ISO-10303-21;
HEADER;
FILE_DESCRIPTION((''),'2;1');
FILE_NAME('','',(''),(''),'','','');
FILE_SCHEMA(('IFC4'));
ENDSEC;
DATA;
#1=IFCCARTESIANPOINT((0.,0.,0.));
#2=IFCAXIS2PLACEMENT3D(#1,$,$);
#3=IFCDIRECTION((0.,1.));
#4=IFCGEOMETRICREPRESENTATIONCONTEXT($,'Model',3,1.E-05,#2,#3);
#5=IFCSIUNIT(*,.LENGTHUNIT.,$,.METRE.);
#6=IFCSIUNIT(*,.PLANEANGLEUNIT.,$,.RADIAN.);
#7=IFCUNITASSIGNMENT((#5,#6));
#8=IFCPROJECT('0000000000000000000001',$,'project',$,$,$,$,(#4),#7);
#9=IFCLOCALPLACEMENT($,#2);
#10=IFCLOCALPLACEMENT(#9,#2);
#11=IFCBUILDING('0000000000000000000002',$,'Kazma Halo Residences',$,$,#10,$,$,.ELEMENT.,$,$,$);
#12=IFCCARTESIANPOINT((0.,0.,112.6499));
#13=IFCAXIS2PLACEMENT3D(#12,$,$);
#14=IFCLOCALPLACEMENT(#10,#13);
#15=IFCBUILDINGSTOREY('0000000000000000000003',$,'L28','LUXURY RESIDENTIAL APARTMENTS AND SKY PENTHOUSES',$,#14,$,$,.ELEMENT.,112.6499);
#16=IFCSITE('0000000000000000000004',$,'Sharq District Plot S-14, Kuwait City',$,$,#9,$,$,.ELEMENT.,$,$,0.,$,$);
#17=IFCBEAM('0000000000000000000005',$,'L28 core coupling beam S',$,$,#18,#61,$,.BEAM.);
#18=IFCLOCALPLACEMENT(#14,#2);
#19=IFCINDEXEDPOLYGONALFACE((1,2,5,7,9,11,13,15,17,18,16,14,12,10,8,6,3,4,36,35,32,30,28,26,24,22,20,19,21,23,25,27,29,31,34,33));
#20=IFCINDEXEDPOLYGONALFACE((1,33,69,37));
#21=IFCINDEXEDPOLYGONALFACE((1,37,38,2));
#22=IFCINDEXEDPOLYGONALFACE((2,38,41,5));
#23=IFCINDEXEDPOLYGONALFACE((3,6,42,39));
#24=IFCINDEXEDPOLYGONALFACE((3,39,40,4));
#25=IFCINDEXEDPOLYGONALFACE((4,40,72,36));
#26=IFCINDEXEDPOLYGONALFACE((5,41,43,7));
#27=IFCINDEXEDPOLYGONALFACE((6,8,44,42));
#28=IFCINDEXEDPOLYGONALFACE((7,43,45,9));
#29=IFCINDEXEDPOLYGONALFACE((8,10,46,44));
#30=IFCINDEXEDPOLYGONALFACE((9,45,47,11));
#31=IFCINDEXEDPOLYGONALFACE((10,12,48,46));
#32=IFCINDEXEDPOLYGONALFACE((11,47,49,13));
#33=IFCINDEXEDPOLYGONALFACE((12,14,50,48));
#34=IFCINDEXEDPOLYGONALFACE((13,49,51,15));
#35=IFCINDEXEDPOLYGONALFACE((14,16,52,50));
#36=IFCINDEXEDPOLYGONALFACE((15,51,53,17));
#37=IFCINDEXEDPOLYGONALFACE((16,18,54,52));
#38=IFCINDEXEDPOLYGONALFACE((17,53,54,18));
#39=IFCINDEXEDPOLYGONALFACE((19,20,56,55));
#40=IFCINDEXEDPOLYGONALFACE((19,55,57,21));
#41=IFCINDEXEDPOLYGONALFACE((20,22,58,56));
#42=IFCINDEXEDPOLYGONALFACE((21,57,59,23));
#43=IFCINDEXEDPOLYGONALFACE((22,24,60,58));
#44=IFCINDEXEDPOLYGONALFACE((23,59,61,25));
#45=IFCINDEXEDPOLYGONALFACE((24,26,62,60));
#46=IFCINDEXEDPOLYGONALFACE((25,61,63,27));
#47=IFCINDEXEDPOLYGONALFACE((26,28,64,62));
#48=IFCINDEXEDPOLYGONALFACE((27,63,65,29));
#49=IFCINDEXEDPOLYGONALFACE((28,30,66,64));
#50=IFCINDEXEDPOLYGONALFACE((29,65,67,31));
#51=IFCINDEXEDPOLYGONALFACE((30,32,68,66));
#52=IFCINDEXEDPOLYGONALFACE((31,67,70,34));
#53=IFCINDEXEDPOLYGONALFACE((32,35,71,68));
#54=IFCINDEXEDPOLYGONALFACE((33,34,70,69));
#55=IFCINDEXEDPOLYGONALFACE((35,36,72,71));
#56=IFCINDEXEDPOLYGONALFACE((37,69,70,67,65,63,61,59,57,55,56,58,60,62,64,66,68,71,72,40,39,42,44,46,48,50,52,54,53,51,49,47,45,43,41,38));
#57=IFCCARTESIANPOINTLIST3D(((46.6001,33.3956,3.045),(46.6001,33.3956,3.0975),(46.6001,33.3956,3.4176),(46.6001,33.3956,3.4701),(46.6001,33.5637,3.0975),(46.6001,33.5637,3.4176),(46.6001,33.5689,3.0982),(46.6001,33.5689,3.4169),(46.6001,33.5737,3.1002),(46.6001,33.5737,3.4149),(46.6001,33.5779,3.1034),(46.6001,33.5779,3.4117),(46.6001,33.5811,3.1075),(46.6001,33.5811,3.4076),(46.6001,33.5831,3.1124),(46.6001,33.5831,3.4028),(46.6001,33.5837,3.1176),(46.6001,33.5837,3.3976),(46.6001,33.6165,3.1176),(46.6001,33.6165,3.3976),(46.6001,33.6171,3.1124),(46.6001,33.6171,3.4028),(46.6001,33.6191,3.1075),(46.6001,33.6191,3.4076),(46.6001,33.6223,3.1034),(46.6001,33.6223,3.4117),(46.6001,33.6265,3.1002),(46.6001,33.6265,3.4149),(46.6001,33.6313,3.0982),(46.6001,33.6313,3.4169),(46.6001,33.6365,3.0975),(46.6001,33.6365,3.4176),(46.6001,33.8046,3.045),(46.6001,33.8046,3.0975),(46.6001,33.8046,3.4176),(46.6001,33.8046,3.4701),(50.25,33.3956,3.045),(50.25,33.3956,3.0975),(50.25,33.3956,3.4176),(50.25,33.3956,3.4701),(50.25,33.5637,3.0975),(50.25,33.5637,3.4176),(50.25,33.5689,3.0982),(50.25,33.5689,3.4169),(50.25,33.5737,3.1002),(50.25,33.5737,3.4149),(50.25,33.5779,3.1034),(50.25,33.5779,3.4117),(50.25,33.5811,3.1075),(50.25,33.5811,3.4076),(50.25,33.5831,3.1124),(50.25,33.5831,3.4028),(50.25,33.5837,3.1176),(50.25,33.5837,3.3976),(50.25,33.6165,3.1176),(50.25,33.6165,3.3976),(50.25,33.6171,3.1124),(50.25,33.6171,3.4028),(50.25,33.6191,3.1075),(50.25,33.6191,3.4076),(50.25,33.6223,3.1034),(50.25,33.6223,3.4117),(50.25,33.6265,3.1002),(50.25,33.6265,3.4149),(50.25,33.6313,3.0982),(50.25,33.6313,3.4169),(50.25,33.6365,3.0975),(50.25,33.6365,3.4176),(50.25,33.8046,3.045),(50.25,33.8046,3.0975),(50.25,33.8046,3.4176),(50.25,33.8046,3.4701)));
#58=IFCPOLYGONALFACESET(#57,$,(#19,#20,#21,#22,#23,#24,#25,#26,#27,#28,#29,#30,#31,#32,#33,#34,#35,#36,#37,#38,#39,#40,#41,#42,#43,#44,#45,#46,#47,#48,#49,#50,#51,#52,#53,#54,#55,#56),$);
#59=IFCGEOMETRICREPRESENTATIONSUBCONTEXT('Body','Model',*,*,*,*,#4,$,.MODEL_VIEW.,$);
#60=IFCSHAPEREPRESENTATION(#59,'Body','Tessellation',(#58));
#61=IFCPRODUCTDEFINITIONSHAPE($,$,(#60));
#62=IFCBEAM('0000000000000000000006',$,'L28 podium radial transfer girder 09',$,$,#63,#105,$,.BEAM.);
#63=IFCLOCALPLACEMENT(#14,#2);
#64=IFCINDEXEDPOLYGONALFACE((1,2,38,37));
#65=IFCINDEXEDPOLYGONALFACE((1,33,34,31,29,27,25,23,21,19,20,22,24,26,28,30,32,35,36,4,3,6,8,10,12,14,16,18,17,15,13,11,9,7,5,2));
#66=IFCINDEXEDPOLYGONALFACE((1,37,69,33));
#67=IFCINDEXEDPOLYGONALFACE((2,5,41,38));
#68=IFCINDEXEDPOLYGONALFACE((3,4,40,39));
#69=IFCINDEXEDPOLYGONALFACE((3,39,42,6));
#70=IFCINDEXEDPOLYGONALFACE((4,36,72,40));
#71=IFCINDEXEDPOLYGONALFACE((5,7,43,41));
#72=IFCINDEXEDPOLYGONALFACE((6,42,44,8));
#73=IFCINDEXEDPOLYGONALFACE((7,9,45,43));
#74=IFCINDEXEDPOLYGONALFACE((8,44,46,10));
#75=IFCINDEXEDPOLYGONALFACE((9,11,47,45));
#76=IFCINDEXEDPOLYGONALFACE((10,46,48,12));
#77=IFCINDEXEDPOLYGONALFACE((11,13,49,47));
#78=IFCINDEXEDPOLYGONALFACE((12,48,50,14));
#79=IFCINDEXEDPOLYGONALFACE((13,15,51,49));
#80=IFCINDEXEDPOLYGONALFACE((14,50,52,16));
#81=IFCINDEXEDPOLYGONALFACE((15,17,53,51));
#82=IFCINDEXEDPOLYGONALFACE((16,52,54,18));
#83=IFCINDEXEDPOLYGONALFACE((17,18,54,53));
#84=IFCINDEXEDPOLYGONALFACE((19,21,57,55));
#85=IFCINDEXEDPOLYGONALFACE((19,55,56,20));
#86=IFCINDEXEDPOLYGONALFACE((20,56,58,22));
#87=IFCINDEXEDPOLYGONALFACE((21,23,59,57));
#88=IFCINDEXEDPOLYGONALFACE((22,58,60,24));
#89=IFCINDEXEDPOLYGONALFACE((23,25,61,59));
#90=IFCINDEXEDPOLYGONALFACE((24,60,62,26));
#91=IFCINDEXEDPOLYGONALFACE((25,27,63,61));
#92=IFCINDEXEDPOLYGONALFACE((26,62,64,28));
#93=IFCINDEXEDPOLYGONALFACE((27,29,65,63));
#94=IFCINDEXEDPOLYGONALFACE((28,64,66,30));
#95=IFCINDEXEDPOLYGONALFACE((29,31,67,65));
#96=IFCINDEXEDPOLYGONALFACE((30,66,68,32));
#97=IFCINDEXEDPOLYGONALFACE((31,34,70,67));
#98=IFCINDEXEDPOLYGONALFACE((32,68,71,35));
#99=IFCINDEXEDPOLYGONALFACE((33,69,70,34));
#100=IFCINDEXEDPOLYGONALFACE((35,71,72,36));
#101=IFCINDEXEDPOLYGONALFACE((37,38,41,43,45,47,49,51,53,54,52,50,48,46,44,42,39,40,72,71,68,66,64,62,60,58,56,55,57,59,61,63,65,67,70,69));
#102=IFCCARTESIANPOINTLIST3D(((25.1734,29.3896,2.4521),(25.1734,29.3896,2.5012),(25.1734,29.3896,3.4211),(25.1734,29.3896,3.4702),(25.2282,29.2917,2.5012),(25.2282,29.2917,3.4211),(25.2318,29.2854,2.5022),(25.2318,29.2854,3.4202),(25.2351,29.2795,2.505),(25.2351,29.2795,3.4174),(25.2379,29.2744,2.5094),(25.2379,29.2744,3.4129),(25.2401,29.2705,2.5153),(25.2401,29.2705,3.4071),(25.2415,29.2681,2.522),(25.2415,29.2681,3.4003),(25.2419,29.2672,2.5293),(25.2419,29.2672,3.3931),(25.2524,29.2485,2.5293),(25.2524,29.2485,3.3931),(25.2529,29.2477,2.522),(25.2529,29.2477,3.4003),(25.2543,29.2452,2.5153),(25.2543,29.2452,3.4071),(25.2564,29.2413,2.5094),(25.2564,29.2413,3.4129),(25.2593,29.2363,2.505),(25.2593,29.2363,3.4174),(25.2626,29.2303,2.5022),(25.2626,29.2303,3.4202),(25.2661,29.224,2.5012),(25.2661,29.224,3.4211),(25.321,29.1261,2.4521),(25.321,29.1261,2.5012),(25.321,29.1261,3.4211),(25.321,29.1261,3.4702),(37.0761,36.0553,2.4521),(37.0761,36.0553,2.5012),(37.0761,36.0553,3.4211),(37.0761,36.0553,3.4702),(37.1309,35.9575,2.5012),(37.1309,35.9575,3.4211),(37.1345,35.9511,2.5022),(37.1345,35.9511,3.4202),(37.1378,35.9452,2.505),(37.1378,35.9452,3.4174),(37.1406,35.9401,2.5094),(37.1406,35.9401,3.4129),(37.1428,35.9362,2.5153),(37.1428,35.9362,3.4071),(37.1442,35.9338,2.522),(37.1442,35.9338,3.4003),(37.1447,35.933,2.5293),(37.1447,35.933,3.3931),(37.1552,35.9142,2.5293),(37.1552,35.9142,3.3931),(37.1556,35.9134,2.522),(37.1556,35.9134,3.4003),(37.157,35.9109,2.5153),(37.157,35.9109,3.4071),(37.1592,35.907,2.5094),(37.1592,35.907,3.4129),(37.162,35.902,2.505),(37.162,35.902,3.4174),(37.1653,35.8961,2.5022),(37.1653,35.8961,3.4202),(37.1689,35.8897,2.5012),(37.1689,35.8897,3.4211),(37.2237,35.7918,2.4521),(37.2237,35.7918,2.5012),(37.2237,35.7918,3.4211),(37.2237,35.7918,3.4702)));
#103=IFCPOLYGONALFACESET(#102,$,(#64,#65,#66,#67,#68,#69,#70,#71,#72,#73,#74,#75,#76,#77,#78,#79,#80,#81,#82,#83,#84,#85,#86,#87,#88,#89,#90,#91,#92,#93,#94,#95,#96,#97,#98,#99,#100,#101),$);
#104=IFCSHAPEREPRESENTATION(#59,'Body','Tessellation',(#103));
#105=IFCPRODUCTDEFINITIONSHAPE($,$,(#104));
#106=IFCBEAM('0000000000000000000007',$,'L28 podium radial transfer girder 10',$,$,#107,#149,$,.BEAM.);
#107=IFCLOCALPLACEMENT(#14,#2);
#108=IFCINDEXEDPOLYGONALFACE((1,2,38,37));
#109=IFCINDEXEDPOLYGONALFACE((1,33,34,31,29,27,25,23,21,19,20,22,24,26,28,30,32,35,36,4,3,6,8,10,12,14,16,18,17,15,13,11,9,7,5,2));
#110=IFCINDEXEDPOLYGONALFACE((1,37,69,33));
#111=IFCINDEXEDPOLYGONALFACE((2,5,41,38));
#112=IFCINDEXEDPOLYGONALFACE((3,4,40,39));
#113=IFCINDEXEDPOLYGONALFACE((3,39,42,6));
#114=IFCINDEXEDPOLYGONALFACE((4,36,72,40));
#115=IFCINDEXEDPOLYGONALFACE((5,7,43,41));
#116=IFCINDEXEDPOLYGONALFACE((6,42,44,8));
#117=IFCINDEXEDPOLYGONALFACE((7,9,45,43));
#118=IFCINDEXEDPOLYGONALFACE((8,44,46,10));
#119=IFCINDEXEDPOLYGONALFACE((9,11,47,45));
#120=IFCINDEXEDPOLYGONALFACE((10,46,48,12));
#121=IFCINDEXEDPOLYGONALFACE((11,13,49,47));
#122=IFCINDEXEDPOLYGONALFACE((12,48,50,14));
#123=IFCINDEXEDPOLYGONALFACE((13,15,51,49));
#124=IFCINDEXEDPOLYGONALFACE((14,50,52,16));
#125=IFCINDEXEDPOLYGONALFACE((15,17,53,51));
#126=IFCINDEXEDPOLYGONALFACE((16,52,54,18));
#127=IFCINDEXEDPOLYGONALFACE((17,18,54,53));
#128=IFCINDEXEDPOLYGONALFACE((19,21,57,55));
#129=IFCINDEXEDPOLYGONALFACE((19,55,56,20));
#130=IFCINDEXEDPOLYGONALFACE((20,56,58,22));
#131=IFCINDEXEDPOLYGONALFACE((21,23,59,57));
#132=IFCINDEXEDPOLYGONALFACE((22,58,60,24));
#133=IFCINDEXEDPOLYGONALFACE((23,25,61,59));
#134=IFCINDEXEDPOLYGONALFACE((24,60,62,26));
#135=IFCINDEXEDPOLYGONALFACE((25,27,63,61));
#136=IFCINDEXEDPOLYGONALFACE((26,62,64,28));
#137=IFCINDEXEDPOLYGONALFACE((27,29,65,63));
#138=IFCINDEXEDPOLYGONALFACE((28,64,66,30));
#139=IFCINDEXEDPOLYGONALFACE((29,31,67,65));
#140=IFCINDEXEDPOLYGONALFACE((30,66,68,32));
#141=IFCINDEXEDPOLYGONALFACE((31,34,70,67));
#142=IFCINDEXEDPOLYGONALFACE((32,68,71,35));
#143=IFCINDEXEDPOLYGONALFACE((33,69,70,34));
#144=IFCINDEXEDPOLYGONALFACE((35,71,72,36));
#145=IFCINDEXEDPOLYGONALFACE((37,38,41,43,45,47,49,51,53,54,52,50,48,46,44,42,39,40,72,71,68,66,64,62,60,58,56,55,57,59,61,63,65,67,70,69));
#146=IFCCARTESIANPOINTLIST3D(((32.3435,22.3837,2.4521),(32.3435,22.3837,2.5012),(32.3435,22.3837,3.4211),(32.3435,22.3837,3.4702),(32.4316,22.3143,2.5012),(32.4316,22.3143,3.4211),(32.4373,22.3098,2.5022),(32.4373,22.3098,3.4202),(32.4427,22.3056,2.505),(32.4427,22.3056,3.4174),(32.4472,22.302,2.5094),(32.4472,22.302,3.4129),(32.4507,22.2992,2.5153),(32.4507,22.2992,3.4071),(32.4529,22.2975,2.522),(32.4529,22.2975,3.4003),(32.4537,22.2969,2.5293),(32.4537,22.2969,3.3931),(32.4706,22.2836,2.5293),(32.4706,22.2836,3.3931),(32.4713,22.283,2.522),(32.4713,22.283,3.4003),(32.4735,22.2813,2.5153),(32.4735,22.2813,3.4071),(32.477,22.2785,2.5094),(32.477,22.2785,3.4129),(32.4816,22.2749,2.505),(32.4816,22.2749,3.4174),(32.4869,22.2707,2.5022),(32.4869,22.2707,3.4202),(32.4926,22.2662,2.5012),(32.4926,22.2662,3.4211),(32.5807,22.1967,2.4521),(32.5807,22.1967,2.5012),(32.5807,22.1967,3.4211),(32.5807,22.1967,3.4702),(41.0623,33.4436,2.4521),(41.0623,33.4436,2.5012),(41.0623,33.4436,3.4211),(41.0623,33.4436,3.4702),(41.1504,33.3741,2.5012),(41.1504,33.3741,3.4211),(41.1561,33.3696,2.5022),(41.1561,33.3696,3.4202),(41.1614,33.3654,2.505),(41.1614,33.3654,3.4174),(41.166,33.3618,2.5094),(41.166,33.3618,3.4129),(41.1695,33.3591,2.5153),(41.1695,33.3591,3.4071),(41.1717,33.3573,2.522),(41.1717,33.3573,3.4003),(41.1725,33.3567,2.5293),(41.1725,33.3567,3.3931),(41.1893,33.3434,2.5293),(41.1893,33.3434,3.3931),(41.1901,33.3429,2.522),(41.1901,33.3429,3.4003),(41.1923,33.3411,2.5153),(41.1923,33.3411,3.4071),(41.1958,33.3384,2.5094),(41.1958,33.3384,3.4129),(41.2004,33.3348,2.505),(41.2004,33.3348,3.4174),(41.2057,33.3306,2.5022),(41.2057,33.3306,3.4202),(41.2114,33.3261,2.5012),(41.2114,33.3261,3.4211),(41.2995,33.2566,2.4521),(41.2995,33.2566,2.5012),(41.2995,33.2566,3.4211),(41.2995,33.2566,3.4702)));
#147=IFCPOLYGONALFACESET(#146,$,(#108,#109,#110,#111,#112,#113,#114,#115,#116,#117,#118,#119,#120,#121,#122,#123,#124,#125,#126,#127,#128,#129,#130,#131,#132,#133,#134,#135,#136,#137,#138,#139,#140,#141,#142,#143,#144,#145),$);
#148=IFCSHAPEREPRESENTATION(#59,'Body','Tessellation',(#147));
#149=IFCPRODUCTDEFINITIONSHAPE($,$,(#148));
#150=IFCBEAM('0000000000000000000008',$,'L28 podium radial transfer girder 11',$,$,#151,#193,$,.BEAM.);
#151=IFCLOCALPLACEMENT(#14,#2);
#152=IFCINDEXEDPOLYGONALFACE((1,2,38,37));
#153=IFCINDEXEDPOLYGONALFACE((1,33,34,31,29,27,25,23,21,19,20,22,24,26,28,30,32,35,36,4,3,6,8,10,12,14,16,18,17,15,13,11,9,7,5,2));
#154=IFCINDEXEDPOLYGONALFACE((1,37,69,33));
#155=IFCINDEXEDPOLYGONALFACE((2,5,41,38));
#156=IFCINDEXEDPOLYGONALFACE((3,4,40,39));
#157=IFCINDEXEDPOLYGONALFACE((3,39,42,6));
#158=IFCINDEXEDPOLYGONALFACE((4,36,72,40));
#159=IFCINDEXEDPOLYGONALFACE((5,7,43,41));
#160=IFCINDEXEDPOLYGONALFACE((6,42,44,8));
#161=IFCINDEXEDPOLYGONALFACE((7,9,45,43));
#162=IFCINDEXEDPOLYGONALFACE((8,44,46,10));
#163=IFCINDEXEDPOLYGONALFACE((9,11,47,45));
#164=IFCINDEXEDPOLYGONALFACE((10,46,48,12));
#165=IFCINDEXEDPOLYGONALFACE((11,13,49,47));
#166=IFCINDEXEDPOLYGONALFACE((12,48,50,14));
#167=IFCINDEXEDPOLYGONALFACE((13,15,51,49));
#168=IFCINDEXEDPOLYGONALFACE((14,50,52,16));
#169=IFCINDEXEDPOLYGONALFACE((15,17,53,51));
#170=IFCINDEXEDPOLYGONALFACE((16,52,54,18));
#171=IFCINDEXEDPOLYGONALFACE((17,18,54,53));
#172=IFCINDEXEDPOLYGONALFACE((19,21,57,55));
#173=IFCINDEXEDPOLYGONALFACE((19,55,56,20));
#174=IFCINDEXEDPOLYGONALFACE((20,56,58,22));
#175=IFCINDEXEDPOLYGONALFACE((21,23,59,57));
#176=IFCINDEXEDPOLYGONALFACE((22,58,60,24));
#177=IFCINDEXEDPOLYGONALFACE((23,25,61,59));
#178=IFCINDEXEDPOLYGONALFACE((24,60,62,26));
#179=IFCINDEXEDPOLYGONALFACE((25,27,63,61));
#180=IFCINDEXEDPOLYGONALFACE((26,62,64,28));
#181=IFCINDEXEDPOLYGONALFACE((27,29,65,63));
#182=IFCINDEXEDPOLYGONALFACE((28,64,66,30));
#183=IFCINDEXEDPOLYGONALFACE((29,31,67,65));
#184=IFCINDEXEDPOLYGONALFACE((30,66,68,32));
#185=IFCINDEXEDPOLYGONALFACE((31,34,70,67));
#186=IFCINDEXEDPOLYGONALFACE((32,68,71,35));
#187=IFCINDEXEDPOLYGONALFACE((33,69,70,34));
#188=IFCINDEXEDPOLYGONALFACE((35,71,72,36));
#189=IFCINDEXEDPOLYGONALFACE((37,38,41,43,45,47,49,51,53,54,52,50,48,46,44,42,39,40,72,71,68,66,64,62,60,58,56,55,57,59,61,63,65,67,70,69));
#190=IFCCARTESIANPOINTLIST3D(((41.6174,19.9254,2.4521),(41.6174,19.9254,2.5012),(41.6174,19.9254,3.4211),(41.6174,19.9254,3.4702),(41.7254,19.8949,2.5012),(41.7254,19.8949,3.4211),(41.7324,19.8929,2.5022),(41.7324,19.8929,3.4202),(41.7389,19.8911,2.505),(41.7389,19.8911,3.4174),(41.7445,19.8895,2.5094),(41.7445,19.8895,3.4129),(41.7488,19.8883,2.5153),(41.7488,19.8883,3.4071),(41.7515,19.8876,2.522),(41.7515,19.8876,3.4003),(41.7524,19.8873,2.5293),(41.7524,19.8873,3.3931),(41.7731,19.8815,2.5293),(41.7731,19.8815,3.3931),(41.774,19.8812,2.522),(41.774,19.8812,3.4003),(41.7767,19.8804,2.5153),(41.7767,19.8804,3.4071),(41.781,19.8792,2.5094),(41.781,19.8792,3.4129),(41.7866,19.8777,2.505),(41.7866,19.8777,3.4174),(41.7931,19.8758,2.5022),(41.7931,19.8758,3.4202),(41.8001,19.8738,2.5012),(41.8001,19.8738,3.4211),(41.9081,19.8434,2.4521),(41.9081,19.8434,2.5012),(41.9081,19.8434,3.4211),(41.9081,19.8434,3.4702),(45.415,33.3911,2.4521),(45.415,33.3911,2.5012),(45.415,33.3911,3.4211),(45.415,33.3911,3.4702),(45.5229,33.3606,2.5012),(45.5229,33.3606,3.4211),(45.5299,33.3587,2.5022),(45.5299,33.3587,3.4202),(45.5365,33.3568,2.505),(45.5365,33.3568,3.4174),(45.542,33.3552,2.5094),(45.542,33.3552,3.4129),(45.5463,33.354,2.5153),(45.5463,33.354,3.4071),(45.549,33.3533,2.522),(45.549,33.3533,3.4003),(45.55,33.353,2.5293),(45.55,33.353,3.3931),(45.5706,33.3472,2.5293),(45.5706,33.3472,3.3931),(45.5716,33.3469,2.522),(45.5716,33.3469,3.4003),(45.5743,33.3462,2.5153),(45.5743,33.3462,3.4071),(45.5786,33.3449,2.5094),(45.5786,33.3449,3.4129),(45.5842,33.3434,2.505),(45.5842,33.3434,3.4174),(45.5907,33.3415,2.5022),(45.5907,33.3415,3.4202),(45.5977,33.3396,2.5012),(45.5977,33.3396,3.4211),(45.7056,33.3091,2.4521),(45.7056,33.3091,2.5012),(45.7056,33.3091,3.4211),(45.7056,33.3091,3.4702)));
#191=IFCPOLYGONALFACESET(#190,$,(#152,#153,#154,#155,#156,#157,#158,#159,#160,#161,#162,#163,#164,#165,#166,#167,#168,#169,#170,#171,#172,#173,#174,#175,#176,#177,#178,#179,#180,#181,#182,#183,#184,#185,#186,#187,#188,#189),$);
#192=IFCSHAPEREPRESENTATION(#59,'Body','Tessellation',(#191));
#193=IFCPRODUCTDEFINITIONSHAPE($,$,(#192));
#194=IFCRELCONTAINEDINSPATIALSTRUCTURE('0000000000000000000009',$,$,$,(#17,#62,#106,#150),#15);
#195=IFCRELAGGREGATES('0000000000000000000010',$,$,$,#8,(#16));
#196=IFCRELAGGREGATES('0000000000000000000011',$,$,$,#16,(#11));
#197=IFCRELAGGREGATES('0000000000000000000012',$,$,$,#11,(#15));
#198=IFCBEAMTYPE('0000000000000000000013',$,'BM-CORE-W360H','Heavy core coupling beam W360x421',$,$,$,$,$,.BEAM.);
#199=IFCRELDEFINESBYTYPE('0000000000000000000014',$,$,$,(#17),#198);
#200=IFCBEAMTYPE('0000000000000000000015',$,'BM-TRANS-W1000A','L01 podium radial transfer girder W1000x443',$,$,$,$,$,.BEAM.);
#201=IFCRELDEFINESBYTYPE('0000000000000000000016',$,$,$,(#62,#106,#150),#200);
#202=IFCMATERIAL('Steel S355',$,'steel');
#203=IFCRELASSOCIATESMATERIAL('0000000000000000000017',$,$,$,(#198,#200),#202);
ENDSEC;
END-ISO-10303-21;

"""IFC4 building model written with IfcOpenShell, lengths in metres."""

from ifc_helpers import new_model, si_unit, direction, frame, origin, origin_2d, place, context, subcontext, project, spatial, i_section, extrude, material, material_profile, profile_set, type_object, element, save


model = new_model("IFC4")

# Units and contexts
model_context = context("Model", 3, precision=1e-05, world=origin(), true_north=direction((0.0, 1.0)))
body_context = subcontext(model_context, "Body", "Model", "MODEL_VIEW")
ifc_project = project(units=[si_unit("LENGTHUNIT", "METRE"), si_unit("PLANEANGLEUNIT", "RADIAN")], contexts=[model_context])

# Site, building, storey
site_placement = place(None, origin())
site = spatial("IfcSite", under=ifc_project, at=site_placement, Name="Sharq District Plot S-14, Kuwait City", CompositionType="ELEMENT", RefElevation=0.0)
building_placement = place(site_placement, origin())
building = spatial("IfcBuilding", under=site, at=building_placement, Name="Kazma Halo Residences", CompositionType="ELEMENT")
storey_placement = place(building_placement, frame((0.0, 0.0, 112.6499)))
storey = spatial("IfcBuildingStorey", under=building, at=storey_placement, Name="L28", Description="LUXURY RESIDENTIAL APARTMENTS AND SKY PENTHOUSES", CompositionType="ELEMENT", Elevation=112.6499)

# Beams
ifc_material_1 = material(Name="Steel S355", Category="steel")
ifc_material_profile_1 = material_profile(ifc_material_1, i_section(OverallWidth=0.4089, OverallDepth=0.425, WebThickness=0.0327, FlangeThickness=0.0525, FilletRadius=0.02, at=origin_2d()), Name="W360x421")
ifc_profile_set_1 = profile_set([ifc_material_profile_1], Name="Steel S355")
beam_type_1 = type_object("IfcBeamType", Name="BM-CORE-W360H", Description="Heavy core coupling beam W360x421", PredefinedType="BEAM", material=ifc_profile_set_1)
beam_1_placement = place(storey_placement, frame((46.6001, 33.6001, 3.2576), z_axis=(1.0, 0.0, 0.0), x_axis=(0.0, 1.0, 0.0)))
element("IfcBeam", 1, at=beam_1_placement, inside=storey, type_object=beam_type_1, Name="L28 core coupling beam S", PredefinedType="BEAM", context=body_context, shape_type="SweptSolid", body=[
    extrude(i_section(OverallWidth=0.4089, OverallDepth=0.425, WebThickness=0.0327, FlangeThickness=0.0525, FilletRadius=0.02, at=origin_2d()), origin(), (0.0, 0.0, 1.0), 3.6499),
])
ifc_material_profile_2 = material_profile(ifc_material_1, i_section(OverallWidth=0.302, OverallDepth=1.0181, WebThickness=0.0215, FlangeThickness=0.0491, FilletRadius=0.0281, at=origin_2d()), Name="W1000x443")
ifc_profile_set_2 = profile_set([ifc_material_profile_2], Name="Steel S355")
beam_type_2 = type_object("IfcBeamType", Name="BM-TRANS-W1000A", Description="L01 podium radial transfer girder W1000x443", PredefinedType="BEAM", material=ifc_profile_set_2)
beam_2_placement = place(storey_placement, frame((37.1499, 35.9236, 2.9612), z_axis=(-0.8725, -0.488614, 0.0), x_axis=(0.488614, -0.8725, 0.0)))
element("IfcBeam", 2, at=beam_2_placement, inside=storey, type_object=beam_type_2, Name="L28 podium radial transfer girder 09", PredefinedType="BEAM", context=body_context, shape_type="SweptSolid", body=[
    extrude(i_section(OverallWidth=0.302, OverallDepth=1.0181, WebThickness=0.0215, FlangeThickness=0.0491, FilletRadius=0.0281, at=origin_2d()), origin(), (0.0, 0.0, 1.0), 13.6421),
])
beam_3_placement = place(storey_placement, frame((41.1809, 33.3501, 2.9612), z_axis=(-0.619089, -0.785321, 0.0), x_axis=(0.785321, -0.619089, 0.0)))
element("IfcBeam", 3, at=beam_3_placement, inside=storey, type_object=beam_type_2, Name="L28 podium radial transfer girder 10", PredefinedType="BEAM", context=body_context, shape_type="SweptSolid", body=[
    extrude(i_section(OverallWidth=0.302, OverallDepth=1.0181, WebThickness=0.0215, FlangeThickness=0.0491, FilletRadius=0.0281, at=origin_2d()), origin(), (0.0, 0.0, 1.0), 14.0833),
])
beam_4_placement = place(storey_placement, frame((45.5603, 33.3501, 2.9612), z_axis=(-0.271431, -0.962458, 0.0), x_axis=(0.962458, -0.271431, 0.0)))
element("IfcBeam", 4, at=beam_4_placement, inside=storey, type_object=beam_type_2, Name="L28 podium radial transfer girder 11", PredefinedType="BEAM", context=body_context, shape_type="SweptSolid", body=[
    extrude(i_section(OverallWidth=0.302, OverallDepth=1.0181, WebThickness=0.0215, FlangeThickness=0.0491, FilletRadius=0.0281, at=origin_2d()), origin(), (0.0, 0.0, 1.0), 13.991),
])

save(model, "model.ifc")
